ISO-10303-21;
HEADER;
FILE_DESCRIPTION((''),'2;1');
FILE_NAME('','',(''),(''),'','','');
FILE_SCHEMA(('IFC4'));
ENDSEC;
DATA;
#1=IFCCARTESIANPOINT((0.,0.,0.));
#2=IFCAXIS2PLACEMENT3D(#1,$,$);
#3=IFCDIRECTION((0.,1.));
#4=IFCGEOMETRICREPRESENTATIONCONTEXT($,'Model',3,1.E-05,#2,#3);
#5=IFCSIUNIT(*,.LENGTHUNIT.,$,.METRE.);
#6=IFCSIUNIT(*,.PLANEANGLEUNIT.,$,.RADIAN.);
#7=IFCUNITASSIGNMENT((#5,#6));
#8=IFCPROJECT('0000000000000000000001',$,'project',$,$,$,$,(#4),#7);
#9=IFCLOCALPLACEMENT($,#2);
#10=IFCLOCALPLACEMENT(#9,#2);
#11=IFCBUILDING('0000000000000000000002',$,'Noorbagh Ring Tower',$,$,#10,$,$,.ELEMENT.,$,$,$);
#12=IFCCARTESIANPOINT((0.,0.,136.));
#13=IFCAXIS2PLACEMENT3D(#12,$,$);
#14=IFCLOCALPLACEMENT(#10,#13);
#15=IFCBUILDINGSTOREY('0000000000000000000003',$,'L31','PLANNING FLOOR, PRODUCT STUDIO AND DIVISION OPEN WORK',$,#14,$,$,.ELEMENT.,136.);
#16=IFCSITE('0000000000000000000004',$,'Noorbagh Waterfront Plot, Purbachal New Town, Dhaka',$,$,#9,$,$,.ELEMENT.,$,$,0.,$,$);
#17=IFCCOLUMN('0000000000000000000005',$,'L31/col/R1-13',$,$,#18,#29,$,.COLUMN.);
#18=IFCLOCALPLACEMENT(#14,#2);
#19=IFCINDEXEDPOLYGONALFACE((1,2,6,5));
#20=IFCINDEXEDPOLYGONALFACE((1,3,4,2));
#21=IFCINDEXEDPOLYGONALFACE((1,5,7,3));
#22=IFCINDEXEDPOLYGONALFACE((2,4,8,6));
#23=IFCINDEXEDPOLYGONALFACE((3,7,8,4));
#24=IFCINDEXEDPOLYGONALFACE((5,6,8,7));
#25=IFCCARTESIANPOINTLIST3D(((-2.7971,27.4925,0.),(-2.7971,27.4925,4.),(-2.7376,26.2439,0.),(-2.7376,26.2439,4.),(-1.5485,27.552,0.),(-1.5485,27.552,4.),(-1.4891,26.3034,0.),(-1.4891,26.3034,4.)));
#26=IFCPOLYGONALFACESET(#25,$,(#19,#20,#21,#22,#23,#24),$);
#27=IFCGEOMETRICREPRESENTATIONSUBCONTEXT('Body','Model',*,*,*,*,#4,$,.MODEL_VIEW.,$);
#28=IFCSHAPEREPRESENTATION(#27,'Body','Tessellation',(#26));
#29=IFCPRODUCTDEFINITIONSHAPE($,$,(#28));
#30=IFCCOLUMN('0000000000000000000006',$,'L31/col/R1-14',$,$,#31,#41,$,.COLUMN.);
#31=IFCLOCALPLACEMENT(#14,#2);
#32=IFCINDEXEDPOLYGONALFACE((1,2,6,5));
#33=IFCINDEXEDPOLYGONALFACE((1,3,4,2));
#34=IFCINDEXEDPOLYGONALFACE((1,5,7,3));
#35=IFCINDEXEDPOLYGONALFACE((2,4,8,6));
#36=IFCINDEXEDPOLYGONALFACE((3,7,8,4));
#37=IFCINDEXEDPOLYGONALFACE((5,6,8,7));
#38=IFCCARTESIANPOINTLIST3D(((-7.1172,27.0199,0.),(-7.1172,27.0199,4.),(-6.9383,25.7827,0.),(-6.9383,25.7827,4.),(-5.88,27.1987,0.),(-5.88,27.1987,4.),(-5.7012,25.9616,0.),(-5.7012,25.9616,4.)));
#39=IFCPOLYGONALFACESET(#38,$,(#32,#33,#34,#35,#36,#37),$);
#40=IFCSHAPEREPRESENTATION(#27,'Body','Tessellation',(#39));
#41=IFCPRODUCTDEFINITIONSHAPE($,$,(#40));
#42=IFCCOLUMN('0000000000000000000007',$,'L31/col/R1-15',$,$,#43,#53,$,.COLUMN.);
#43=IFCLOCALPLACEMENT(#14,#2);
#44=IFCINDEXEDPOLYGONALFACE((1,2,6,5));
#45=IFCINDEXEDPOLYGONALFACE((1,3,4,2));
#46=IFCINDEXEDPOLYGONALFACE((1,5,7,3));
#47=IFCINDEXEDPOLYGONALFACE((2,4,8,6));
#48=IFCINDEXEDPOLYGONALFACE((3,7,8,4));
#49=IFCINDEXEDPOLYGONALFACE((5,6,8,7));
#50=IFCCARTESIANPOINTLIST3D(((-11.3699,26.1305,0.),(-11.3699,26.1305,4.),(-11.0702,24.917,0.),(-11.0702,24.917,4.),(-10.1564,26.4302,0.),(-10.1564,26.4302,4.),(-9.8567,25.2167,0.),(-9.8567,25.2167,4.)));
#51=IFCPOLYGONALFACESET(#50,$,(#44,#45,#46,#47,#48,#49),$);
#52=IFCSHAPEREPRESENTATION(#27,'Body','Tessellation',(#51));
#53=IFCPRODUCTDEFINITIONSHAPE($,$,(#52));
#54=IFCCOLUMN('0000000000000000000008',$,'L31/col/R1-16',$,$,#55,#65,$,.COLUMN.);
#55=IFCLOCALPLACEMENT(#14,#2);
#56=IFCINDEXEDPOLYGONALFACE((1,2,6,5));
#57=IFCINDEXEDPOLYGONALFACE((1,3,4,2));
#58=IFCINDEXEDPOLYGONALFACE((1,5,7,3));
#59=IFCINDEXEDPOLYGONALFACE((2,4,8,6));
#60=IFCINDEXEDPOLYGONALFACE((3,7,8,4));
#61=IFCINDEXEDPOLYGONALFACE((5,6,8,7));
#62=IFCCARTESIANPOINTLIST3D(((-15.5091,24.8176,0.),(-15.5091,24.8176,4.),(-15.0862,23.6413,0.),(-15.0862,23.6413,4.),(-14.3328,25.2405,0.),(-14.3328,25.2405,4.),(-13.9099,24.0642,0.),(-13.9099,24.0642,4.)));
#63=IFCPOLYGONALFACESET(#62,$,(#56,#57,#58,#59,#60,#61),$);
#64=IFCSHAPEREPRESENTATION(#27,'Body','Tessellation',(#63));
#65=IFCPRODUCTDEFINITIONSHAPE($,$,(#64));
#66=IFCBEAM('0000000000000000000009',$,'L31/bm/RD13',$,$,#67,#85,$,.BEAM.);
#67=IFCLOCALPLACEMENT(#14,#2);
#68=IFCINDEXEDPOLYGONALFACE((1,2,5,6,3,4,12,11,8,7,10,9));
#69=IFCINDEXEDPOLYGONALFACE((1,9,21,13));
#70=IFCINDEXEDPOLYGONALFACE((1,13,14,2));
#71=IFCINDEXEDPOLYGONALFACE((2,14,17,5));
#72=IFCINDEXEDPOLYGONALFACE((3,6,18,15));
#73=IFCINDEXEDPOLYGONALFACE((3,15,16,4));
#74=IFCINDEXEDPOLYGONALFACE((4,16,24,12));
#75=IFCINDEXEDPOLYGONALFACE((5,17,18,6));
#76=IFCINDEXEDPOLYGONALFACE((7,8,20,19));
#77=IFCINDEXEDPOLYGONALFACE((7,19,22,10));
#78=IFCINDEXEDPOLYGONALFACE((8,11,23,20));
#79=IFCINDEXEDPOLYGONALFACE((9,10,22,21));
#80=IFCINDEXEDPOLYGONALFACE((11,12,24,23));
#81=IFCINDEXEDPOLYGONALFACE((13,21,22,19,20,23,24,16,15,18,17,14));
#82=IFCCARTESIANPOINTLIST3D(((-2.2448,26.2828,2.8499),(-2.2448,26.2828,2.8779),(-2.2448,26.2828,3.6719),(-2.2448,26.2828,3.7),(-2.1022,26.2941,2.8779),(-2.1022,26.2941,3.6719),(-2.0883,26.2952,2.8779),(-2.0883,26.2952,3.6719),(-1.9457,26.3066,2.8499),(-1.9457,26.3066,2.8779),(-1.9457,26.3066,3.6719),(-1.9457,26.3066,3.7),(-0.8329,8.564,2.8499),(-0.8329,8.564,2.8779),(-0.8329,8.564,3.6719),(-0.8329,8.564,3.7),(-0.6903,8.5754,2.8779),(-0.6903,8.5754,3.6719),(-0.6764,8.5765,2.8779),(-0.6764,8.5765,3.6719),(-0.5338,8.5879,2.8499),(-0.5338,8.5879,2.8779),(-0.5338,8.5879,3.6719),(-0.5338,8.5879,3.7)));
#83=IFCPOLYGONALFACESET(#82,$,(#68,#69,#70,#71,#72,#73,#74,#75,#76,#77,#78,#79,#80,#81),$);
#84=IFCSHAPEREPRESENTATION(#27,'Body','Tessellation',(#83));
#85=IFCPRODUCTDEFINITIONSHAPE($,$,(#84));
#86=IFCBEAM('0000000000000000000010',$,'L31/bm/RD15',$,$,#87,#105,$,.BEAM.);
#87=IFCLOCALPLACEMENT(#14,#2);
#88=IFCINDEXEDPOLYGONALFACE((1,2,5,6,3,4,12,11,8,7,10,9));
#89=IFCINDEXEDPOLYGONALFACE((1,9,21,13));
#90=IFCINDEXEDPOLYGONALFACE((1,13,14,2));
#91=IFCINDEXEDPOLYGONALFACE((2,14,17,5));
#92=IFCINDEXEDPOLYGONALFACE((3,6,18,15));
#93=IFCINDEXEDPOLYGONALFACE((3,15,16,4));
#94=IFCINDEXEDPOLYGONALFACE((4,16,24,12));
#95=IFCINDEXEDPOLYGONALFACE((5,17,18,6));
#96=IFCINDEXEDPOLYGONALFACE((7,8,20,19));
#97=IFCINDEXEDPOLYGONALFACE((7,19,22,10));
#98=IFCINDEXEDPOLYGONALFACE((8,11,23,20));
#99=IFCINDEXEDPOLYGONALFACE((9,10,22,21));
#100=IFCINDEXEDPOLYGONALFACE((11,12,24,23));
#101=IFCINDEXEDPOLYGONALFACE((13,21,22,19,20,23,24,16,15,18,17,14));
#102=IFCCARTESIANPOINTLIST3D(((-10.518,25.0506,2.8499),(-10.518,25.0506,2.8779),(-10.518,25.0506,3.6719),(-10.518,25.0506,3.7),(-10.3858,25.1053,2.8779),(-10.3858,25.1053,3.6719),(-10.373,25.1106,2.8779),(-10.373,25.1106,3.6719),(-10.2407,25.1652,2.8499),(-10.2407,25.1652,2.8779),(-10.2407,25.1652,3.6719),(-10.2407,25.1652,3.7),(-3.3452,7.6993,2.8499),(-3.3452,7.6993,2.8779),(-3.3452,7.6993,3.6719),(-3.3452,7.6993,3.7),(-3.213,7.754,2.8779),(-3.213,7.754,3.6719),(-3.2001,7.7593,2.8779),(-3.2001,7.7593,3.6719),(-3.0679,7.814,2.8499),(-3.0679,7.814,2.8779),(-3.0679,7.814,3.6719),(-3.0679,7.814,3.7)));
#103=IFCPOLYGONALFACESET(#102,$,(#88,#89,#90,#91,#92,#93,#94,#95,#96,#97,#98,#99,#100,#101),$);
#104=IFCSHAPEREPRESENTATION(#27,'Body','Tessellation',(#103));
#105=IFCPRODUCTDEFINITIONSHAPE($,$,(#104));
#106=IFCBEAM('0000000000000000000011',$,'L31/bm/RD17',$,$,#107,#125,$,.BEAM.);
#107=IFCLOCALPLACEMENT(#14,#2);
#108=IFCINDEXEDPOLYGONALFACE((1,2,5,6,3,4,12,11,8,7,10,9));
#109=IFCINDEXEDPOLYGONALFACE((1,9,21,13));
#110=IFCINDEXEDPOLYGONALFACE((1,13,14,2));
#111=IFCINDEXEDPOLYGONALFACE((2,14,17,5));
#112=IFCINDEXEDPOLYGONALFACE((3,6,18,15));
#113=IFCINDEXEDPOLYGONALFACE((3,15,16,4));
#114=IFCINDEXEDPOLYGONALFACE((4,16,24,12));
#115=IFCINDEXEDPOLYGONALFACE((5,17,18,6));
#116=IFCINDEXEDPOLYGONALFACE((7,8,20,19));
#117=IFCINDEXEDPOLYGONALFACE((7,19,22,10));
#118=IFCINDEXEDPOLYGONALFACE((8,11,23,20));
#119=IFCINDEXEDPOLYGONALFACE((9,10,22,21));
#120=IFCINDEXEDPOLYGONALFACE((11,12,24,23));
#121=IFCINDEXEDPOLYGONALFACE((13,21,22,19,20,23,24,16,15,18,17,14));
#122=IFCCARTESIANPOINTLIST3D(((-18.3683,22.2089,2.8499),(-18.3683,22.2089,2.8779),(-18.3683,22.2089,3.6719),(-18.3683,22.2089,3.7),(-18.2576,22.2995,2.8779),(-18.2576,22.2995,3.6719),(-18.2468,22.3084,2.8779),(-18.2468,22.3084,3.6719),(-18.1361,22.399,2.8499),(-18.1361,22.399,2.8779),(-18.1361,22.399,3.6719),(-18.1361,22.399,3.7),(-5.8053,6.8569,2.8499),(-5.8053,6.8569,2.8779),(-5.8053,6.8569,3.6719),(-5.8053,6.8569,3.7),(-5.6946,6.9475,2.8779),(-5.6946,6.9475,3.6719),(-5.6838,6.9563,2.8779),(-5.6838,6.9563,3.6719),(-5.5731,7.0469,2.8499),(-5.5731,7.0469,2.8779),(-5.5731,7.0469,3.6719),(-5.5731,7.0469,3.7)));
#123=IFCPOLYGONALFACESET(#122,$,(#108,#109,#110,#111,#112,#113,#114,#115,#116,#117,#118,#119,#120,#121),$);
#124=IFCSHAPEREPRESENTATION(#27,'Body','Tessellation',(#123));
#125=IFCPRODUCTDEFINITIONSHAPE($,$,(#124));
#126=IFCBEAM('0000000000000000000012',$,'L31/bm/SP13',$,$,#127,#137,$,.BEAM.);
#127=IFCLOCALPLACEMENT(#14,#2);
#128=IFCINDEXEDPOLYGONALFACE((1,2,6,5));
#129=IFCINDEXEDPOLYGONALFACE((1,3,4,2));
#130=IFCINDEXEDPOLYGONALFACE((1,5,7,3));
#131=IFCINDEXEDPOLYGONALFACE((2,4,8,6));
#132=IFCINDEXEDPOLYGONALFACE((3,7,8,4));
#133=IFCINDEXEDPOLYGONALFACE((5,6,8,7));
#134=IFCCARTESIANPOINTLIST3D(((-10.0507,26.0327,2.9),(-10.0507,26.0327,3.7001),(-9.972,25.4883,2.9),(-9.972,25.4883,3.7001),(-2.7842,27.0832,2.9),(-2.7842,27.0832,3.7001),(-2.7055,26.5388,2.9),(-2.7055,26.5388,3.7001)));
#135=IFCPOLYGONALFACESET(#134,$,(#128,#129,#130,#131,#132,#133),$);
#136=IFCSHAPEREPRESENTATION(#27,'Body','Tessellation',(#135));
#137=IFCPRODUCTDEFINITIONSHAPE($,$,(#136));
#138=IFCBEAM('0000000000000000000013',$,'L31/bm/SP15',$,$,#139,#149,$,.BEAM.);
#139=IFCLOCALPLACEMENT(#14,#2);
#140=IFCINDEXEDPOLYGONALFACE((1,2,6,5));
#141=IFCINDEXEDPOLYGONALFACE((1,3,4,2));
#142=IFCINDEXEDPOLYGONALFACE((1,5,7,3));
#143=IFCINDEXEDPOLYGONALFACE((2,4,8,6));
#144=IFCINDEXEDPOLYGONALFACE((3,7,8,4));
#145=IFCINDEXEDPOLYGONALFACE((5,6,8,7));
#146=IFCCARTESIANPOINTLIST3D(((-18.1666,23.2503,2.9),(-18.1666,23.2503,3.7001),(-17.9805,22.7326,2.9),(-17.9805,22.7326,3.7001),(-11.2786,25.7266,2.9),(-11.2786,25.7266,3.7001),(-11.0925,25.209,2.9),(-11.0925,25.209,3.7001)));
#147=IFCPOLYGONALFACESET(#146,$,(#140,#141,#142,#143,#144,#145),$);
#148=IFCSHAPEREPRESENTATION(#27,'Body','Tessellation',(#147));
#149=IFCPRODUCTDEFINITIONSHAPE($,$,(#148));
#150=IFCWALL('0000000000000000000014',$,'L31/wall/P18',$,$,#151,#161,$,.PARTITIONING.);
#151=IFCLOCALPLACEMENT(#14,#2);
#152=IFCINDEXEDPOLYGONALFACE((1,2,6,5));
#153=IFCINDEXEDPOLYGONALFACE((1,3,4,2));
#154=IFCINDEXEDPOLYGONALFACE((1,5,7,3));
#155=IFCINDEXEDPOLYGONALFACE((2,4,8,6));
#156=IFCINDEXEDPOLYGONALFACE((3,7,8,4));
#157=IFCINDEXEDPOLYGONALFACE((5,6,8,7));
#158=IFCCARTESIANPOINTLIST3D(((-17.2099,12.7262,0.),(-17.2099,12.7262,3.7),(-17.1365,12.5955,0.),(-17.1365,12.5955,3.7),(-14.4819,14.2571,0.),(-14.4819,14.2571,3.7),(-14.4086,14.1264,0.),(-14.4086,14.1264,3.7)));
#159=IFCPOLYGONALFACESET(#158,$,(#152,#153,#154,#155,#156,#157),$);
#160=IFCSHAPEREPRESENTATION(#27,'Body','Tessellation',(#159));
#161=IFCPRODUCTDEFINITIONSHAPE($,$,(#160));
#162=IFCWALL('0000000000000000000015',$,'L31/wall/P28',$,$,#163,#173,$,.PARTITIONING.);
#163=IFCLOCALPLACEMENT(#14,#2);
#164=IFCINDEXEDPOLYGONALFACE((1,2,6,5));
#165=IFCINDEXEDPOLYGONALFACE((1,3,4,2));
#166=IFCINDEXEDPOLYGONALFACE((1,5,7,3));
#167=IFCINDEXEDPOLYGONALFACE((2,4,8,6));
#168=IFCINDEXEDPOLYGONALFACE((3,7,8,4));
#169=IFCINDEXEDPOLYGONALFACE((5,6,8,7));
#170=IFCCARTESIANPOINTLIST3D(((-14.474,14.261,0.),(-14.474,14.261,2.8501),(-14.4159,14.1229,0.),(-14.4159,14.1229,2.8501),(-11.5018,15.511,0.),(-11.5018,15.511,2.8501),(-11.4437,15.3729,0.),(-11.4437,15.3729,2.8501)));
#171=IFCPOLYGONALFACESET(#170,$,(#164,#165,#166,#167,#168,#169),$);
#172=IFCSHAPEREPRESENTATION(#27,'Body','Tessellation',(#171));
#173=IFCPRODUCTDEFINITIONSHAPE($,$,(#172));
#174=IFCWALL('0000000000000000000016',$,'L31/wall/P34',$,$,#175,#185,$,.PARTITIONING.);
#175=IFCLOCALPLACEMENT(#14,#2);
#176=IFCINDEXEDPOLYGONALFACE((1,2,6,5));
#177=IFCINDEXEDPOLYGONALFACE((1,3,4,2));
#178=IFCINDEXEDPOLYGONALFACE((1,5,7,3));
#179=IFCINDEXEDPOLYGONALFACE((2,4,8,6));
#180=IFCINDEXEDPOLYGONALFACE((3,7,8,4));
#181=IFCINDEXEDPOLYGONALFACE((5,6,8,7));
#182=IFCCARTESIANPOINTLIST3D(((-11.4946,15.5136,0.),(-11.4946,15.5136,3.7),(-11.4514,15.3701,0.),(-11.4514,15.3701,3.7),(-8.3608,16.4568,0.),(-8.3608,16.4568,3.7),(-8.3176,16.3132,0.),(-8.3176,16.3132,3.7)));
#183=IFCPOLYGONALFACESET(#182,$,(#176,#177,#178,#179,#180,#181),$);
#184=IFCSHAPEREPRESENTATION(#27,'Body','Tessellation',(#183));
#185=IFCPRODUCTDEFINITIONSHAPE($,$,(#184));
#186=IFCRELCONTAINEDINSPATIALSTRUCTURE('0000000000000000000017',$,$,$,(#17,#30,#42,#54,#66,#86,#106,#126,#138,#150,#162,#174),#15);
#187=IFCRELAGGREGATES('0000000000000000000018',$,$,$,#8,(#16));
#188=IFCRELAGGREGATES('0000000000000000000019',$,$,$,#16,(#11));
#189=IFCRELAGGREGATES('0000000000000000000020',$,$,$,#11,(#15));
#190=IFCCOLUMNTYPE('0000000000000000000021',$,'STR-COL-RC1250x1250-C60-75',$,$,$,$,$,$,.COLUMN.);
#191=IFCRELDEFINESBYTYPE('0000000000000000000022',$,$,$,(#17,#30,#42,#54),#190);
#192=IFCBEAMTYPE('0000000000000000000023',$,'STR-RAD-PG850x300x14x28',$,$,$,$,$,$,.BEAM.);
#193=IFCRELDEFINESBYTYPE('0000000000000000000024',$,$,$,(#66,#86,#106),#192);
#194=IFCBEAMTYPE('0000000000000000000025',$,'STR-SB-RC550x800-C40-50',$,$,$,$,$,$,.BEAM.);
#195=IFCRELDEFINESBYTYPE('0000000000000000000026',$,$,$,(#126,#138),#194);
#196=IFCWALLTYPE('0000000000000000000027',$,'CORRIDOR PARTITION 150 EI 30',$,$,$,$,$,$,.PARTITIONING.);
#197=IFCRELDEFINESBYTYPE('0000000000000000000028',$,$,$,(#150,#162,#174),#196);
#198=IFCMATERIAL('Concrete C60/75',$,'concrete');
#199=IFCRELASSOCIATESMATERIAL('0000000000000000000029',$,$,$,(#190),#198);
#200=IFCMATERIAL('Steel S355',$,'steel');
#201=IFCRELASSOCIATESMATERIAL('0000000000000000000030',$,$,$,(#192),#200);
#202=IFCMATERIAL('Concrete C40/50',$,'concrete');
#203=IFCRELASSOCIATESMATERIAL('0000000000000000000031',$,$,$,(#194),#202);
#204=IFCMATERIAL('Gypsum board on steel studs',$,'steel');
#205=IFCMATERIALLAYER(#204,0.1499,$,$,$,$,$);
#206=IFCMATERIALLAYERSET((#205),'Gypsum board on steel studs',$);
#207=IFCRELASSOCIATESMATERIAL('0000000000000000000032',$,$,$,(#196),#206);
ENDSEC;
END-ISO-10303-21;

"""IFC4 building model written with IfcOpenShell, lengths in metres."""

from ifc_helpers import new_model, si_unit, direction, frame, frame_2d, origin, origin_2d, place, context, subcontext, project, spatial, rectangle, i_section, extrude, material, layer, layer_set, material_profile, profile_set, type_object, element, save


model = new_model("IFC4")

# Units and contexts
model_context = context("Model", 3, precision=1e-05, world=origin(), true_north=direction((0.0, 1.0)))
body_context = subcontext(model_context, "Body", "Model", "MODEL_VIEW")
ifc_project = project(units=[si_unit("LENGTHUNIT", "METRE"), si_unit("PLANEANGLEUNIT", "RADIAN")], contexts=[model_context])

# Site, building, storey
site_placement = place(None, origin())
site = spatial("IfcSite", under=ifc_project, at=site_placement, Name="Noorbagh Waterfront Plot, Purbachal New Town, Dhaka", CompositionType="ELEMENT", RefElevation=0.0)
building_placement = place(site_placement, origin())
building = spatial("IfcBuilding", under=site, at=building_placement, Name="Noorbagh Ring Tower", CompositionType="ELEMENT")
storey_placement = place(building_placement, frame((0.0, 0.0, 136.0)))
storey = spatial("IfcBuildingStorey", under=building, at=storey_placement, Name="L31", Description="PLANNING FLOOR, PRODUCT STUDIO AND DIVISION OPEN WORK", CompositionType="ELEMENT", Elevation=136.0)

# Columns
ifc_material_1 = material(Name="Concrete C60/75", Category="concrete")
ifc_material_profile_1 = material_profile(ifc_material_1, rectangle(XDim=1.25, YDim=1.25, at=origin_2d()), Name="RC1250x1250")
ifc_profile_set_1 = profile_set([ifc_material_profile_1], Name="Concrete C60/75")
column_type = type_object("IfcColumnType", Name="STR-COL-RC1250x1250-C60-75", PredefinedType="COLUMN", material=ifc_profile_set_1)
for number, where, z_axis, x_axis, name in (
    (1, (-2.1431, 26.8979, 0.0), (0.0, 0.0, 1.0), (-0.998869, -0.047553, 0.0), "L31/col/R1-13"),
    (2, (-6.4092, 26.4907, 0.0), (0.0, 0.0, 1.0), (-0.989713, -0.143066, 0.0), "L31/col/R1-14"),
    (3, (-10.6133, 25.6736, 0.0), (0.0, 0.0, 1.0), (-0.970829, -0.239771, 0.0), "L31/col/R1-15"),
    (4, (-14.7095, 24.4409, 0.0), (0.0, 0.0, 1.0), (-0.941025, -0.338338, 0.0), "L31/col/R1-16"),
):
    element("IfcColumn", number, at=place(storey_placement, frame(where, z_axis=z_axis, x_axis=x_axis)), inside=storey, type_object=column_type, Name=name, PredefinedType="COLUMN", context=body_context, shape_type="SweptSolid", body=[
        extrude(rectangle(XDim=1.25, YDim=1.25, at=origin_2d()), origin(), (0.0, 0.0, 1.0), 4.0),
    ])

# Beams
ifc_material_2 = material(Name="Steel S355", Category="steel")
ifc_material_profile_2 = material_profile(ifc_material_2, i_section(OverallWidth=0.3, OverallDepth=0.8501, WebThickness=0.0139, FlangeThickness=0.0281, at=origin_2d()), Name="PG850x300x14x28")
ifc_profile_set_2 = profile_set([ifc_material_profile_2], Name="Steel S355")
beam_type_1 = type_object("IfcBeamType", Name="STR-RAD-PG850x300x14x28", PredefinedType="BEAM", material=ifc_profile_set_2)
beam_1_placement = place(storey_placement, frame((-2.0952, 26.2947, 3.2749), z_axis=(0.07943, -0.99684, 0.0), x_axis=(0.99684, 0.07943, 0.0)))
element("IfcBeam", 5, at=beam_1_placement, inside=storey, type_object=beam_type_1, Name="L31/bm/RD13", PredefinedType="BEAM", context=body_context, shape_type="SweptSolid", body=[
    extrude(i_section(OverallWidth=0.3, OverallDepth=0.8501, WebThickness=0.0139, FlangeThickness=0.0281, at=origin_2d()), origin(), (0.0, 0.0, 1.0), 17.7749),
])
beam_2_placement = place(storey_placement, frame((-10.3794, 25.1079, 3.2749), z_axis=(0.382033, -0.924149, 0.0), x_axis=(0.924149, 0.382033, 0.0)))
element("IfcBeam", 6, at=beam_2_placement, inside=storey, type_object=beam_type_1, Name="L31/bm/RD15", PredefinedType="BEAM", context=body_context, shape_type="SweptSolid", body=[
    extrude(i_section(OverallWidth=0.3, OverallDepth=0.8501, WebThickness=0.0139, FlangeThickness=0.0281, at=origin_2d()), origin(), (0.0, 0.0, 1.0), 18.7754),
])
beam_3_placement = place(storey_placement, frame((-18.2522, 22.304, 3.2749), z_axis=(0.633305, -0.773902, 0.0), x_axis=(0.773902, 0.633305, 0.0)))
element("IfcBeam", 7, at=beam_3_placement, inside=storey, type_object=beam_type_1, Name="L31/bm/RD17", PredefinedType="BEAM", context=body_context, shape_type="SweptSolid", body=[
    extrude(i_section(OverallWidth=0.3, OverallDepth=0.8501, WebThickness=0.0139, FlangeThickness=0.0281, at=origin_2d()), origin(), (0.0, 0.0, 1.0), 19.8372),
])
ifc_material_3 = material(Name="Concrete C40/50", Category="concrete")
ifc_material_profile_3 = material_profile(ifc_material_3, rectangle(XDim=0.55, YDim=0.8, at=origin_2d()), Name="RC550x800")
ifc_profile_set_3 = profile_set([ifc_material_profile_3], Name="Concrete C40/50")
beam_type_2 = type_object("IfcBeamType", Name="STR-SB-RC550x800-C40-50", PredefinedType="BEAM", material=ifc_profile_set_3)
beam_4_placement = place(storey_placement, frame((-2.7449, 26.811, 3.3), z_axis=(-0.989711, -0.143083, 0.0), x_axis=(0.143083, -0.989711, 0.0)))
element("IfcBeam", 8, at=beam_4_placement, inside=storey, type_object=beam_type_2, Name="L31/bm/SP13", PredefinedType="BEAM", context=body_context, shape_type="SweptSolid", body=[
    extrude(rectangle(XDim=0.55, YDim=0.8, at=origin_2d()), origin(), (0.0, 0.0, 1.0), 7.342),
])
beam_5_placement = place(storey_placement, frame((-11.1855, 25.4678, 3.3), z_axis=(-0.941033, -0.338315, 0.0), x_axis=(0.338315, -0.941033, 0.0)))
element("IfcBeam", 9, at=beam_5_placement, inside=storey, type_object=beam_type_2, Name="L31/bm/SP15", PredefinedType="BEAM", context=body_context, shape_type="SweptSolid", body=[
    extrude(rectangle(XDim=0.55, YDim=0.8, at=origin_2d()), origin(), (0.0, 0.0, 1.0), 7.3196),
])

# Walls
ifc_material_4 = material(Name="Gypsum board on steel studs", Category="steel")
ifc_layer_1 = layer(ifc_material_4, 0.1499)
ifc_layer_set_1 = layer_set([ifc_layer_1], Name="Gypsum board on steel studs")
wall_type_1 = type_object("IfcWallType", Name="CORRIDOR PARTITION 150 EI 30", PredefinedType="PARTITIONING", material=ifc_layer_set_1)
wall_1_placement = place(storey_placement, frame((-17.1731, 12.6609, 0.0), z_axis=(0.0, 0.0, 1.0), x_axis=(0.872054, 0.489409, 0.0)))
element("IfcWall", 10, at=wall_1_placement, inside=storey, type_object=wall_type_1, Name="L31/wall/P18", PredefinedType="PARTITIONING", context=body_context, shape_type="SweptSolid", body=[
    extrude(rectangle(XDim=3.1282, YDim=0.1499, at=frame_2d((1.564, 0.0))), origin(), (0.0, 0.0, 1.0), 3.7),
])
wall_2_placement = place(storey_placement, frame((-14.4451, 14.1919, 0.0), z_axis=(0.0, 0.0, 1.0), x_axis=(0.921795, 0.387678, 0.0)))
element("IfcWall", 11, at=wall_2_placement, inside=storey, type_object=wall_type_1, Name="L31/wall/P28", PredefinedType="PARTITIONING", context=body_context, shape_type="SweptSolid", body=[
    extrude(rectangle(XDim=3.2244, YDim=0.1499, at=frame_2d((1.6123, 0.0))), origin(), (0.0, 0.0, 1.0), 2.8501),
])
wall_3_placement = place(storey_placement, frame((-11.4729, 15.4419, 0.0), z_axis=(0.0, 0.0, 1.0), x_axis=(0.957575, 0.288183, 0.0)))
element("IfcWall", 12, at=wall_3_placement, inside=storey, type_object=wall_type_1, Name="L31/wall/P34", PredefinedType="PARTITIONING", context=body_context, shape_type="SweptSolid", body=[
    extrude(rectangle(XDim=3.2727, YDim=0.1499, at=frame_2d((1.6362, 0.0))), origin(), (0.0, 0.0, 1.0), 3.7),
])

save(model, "model.ifc")
